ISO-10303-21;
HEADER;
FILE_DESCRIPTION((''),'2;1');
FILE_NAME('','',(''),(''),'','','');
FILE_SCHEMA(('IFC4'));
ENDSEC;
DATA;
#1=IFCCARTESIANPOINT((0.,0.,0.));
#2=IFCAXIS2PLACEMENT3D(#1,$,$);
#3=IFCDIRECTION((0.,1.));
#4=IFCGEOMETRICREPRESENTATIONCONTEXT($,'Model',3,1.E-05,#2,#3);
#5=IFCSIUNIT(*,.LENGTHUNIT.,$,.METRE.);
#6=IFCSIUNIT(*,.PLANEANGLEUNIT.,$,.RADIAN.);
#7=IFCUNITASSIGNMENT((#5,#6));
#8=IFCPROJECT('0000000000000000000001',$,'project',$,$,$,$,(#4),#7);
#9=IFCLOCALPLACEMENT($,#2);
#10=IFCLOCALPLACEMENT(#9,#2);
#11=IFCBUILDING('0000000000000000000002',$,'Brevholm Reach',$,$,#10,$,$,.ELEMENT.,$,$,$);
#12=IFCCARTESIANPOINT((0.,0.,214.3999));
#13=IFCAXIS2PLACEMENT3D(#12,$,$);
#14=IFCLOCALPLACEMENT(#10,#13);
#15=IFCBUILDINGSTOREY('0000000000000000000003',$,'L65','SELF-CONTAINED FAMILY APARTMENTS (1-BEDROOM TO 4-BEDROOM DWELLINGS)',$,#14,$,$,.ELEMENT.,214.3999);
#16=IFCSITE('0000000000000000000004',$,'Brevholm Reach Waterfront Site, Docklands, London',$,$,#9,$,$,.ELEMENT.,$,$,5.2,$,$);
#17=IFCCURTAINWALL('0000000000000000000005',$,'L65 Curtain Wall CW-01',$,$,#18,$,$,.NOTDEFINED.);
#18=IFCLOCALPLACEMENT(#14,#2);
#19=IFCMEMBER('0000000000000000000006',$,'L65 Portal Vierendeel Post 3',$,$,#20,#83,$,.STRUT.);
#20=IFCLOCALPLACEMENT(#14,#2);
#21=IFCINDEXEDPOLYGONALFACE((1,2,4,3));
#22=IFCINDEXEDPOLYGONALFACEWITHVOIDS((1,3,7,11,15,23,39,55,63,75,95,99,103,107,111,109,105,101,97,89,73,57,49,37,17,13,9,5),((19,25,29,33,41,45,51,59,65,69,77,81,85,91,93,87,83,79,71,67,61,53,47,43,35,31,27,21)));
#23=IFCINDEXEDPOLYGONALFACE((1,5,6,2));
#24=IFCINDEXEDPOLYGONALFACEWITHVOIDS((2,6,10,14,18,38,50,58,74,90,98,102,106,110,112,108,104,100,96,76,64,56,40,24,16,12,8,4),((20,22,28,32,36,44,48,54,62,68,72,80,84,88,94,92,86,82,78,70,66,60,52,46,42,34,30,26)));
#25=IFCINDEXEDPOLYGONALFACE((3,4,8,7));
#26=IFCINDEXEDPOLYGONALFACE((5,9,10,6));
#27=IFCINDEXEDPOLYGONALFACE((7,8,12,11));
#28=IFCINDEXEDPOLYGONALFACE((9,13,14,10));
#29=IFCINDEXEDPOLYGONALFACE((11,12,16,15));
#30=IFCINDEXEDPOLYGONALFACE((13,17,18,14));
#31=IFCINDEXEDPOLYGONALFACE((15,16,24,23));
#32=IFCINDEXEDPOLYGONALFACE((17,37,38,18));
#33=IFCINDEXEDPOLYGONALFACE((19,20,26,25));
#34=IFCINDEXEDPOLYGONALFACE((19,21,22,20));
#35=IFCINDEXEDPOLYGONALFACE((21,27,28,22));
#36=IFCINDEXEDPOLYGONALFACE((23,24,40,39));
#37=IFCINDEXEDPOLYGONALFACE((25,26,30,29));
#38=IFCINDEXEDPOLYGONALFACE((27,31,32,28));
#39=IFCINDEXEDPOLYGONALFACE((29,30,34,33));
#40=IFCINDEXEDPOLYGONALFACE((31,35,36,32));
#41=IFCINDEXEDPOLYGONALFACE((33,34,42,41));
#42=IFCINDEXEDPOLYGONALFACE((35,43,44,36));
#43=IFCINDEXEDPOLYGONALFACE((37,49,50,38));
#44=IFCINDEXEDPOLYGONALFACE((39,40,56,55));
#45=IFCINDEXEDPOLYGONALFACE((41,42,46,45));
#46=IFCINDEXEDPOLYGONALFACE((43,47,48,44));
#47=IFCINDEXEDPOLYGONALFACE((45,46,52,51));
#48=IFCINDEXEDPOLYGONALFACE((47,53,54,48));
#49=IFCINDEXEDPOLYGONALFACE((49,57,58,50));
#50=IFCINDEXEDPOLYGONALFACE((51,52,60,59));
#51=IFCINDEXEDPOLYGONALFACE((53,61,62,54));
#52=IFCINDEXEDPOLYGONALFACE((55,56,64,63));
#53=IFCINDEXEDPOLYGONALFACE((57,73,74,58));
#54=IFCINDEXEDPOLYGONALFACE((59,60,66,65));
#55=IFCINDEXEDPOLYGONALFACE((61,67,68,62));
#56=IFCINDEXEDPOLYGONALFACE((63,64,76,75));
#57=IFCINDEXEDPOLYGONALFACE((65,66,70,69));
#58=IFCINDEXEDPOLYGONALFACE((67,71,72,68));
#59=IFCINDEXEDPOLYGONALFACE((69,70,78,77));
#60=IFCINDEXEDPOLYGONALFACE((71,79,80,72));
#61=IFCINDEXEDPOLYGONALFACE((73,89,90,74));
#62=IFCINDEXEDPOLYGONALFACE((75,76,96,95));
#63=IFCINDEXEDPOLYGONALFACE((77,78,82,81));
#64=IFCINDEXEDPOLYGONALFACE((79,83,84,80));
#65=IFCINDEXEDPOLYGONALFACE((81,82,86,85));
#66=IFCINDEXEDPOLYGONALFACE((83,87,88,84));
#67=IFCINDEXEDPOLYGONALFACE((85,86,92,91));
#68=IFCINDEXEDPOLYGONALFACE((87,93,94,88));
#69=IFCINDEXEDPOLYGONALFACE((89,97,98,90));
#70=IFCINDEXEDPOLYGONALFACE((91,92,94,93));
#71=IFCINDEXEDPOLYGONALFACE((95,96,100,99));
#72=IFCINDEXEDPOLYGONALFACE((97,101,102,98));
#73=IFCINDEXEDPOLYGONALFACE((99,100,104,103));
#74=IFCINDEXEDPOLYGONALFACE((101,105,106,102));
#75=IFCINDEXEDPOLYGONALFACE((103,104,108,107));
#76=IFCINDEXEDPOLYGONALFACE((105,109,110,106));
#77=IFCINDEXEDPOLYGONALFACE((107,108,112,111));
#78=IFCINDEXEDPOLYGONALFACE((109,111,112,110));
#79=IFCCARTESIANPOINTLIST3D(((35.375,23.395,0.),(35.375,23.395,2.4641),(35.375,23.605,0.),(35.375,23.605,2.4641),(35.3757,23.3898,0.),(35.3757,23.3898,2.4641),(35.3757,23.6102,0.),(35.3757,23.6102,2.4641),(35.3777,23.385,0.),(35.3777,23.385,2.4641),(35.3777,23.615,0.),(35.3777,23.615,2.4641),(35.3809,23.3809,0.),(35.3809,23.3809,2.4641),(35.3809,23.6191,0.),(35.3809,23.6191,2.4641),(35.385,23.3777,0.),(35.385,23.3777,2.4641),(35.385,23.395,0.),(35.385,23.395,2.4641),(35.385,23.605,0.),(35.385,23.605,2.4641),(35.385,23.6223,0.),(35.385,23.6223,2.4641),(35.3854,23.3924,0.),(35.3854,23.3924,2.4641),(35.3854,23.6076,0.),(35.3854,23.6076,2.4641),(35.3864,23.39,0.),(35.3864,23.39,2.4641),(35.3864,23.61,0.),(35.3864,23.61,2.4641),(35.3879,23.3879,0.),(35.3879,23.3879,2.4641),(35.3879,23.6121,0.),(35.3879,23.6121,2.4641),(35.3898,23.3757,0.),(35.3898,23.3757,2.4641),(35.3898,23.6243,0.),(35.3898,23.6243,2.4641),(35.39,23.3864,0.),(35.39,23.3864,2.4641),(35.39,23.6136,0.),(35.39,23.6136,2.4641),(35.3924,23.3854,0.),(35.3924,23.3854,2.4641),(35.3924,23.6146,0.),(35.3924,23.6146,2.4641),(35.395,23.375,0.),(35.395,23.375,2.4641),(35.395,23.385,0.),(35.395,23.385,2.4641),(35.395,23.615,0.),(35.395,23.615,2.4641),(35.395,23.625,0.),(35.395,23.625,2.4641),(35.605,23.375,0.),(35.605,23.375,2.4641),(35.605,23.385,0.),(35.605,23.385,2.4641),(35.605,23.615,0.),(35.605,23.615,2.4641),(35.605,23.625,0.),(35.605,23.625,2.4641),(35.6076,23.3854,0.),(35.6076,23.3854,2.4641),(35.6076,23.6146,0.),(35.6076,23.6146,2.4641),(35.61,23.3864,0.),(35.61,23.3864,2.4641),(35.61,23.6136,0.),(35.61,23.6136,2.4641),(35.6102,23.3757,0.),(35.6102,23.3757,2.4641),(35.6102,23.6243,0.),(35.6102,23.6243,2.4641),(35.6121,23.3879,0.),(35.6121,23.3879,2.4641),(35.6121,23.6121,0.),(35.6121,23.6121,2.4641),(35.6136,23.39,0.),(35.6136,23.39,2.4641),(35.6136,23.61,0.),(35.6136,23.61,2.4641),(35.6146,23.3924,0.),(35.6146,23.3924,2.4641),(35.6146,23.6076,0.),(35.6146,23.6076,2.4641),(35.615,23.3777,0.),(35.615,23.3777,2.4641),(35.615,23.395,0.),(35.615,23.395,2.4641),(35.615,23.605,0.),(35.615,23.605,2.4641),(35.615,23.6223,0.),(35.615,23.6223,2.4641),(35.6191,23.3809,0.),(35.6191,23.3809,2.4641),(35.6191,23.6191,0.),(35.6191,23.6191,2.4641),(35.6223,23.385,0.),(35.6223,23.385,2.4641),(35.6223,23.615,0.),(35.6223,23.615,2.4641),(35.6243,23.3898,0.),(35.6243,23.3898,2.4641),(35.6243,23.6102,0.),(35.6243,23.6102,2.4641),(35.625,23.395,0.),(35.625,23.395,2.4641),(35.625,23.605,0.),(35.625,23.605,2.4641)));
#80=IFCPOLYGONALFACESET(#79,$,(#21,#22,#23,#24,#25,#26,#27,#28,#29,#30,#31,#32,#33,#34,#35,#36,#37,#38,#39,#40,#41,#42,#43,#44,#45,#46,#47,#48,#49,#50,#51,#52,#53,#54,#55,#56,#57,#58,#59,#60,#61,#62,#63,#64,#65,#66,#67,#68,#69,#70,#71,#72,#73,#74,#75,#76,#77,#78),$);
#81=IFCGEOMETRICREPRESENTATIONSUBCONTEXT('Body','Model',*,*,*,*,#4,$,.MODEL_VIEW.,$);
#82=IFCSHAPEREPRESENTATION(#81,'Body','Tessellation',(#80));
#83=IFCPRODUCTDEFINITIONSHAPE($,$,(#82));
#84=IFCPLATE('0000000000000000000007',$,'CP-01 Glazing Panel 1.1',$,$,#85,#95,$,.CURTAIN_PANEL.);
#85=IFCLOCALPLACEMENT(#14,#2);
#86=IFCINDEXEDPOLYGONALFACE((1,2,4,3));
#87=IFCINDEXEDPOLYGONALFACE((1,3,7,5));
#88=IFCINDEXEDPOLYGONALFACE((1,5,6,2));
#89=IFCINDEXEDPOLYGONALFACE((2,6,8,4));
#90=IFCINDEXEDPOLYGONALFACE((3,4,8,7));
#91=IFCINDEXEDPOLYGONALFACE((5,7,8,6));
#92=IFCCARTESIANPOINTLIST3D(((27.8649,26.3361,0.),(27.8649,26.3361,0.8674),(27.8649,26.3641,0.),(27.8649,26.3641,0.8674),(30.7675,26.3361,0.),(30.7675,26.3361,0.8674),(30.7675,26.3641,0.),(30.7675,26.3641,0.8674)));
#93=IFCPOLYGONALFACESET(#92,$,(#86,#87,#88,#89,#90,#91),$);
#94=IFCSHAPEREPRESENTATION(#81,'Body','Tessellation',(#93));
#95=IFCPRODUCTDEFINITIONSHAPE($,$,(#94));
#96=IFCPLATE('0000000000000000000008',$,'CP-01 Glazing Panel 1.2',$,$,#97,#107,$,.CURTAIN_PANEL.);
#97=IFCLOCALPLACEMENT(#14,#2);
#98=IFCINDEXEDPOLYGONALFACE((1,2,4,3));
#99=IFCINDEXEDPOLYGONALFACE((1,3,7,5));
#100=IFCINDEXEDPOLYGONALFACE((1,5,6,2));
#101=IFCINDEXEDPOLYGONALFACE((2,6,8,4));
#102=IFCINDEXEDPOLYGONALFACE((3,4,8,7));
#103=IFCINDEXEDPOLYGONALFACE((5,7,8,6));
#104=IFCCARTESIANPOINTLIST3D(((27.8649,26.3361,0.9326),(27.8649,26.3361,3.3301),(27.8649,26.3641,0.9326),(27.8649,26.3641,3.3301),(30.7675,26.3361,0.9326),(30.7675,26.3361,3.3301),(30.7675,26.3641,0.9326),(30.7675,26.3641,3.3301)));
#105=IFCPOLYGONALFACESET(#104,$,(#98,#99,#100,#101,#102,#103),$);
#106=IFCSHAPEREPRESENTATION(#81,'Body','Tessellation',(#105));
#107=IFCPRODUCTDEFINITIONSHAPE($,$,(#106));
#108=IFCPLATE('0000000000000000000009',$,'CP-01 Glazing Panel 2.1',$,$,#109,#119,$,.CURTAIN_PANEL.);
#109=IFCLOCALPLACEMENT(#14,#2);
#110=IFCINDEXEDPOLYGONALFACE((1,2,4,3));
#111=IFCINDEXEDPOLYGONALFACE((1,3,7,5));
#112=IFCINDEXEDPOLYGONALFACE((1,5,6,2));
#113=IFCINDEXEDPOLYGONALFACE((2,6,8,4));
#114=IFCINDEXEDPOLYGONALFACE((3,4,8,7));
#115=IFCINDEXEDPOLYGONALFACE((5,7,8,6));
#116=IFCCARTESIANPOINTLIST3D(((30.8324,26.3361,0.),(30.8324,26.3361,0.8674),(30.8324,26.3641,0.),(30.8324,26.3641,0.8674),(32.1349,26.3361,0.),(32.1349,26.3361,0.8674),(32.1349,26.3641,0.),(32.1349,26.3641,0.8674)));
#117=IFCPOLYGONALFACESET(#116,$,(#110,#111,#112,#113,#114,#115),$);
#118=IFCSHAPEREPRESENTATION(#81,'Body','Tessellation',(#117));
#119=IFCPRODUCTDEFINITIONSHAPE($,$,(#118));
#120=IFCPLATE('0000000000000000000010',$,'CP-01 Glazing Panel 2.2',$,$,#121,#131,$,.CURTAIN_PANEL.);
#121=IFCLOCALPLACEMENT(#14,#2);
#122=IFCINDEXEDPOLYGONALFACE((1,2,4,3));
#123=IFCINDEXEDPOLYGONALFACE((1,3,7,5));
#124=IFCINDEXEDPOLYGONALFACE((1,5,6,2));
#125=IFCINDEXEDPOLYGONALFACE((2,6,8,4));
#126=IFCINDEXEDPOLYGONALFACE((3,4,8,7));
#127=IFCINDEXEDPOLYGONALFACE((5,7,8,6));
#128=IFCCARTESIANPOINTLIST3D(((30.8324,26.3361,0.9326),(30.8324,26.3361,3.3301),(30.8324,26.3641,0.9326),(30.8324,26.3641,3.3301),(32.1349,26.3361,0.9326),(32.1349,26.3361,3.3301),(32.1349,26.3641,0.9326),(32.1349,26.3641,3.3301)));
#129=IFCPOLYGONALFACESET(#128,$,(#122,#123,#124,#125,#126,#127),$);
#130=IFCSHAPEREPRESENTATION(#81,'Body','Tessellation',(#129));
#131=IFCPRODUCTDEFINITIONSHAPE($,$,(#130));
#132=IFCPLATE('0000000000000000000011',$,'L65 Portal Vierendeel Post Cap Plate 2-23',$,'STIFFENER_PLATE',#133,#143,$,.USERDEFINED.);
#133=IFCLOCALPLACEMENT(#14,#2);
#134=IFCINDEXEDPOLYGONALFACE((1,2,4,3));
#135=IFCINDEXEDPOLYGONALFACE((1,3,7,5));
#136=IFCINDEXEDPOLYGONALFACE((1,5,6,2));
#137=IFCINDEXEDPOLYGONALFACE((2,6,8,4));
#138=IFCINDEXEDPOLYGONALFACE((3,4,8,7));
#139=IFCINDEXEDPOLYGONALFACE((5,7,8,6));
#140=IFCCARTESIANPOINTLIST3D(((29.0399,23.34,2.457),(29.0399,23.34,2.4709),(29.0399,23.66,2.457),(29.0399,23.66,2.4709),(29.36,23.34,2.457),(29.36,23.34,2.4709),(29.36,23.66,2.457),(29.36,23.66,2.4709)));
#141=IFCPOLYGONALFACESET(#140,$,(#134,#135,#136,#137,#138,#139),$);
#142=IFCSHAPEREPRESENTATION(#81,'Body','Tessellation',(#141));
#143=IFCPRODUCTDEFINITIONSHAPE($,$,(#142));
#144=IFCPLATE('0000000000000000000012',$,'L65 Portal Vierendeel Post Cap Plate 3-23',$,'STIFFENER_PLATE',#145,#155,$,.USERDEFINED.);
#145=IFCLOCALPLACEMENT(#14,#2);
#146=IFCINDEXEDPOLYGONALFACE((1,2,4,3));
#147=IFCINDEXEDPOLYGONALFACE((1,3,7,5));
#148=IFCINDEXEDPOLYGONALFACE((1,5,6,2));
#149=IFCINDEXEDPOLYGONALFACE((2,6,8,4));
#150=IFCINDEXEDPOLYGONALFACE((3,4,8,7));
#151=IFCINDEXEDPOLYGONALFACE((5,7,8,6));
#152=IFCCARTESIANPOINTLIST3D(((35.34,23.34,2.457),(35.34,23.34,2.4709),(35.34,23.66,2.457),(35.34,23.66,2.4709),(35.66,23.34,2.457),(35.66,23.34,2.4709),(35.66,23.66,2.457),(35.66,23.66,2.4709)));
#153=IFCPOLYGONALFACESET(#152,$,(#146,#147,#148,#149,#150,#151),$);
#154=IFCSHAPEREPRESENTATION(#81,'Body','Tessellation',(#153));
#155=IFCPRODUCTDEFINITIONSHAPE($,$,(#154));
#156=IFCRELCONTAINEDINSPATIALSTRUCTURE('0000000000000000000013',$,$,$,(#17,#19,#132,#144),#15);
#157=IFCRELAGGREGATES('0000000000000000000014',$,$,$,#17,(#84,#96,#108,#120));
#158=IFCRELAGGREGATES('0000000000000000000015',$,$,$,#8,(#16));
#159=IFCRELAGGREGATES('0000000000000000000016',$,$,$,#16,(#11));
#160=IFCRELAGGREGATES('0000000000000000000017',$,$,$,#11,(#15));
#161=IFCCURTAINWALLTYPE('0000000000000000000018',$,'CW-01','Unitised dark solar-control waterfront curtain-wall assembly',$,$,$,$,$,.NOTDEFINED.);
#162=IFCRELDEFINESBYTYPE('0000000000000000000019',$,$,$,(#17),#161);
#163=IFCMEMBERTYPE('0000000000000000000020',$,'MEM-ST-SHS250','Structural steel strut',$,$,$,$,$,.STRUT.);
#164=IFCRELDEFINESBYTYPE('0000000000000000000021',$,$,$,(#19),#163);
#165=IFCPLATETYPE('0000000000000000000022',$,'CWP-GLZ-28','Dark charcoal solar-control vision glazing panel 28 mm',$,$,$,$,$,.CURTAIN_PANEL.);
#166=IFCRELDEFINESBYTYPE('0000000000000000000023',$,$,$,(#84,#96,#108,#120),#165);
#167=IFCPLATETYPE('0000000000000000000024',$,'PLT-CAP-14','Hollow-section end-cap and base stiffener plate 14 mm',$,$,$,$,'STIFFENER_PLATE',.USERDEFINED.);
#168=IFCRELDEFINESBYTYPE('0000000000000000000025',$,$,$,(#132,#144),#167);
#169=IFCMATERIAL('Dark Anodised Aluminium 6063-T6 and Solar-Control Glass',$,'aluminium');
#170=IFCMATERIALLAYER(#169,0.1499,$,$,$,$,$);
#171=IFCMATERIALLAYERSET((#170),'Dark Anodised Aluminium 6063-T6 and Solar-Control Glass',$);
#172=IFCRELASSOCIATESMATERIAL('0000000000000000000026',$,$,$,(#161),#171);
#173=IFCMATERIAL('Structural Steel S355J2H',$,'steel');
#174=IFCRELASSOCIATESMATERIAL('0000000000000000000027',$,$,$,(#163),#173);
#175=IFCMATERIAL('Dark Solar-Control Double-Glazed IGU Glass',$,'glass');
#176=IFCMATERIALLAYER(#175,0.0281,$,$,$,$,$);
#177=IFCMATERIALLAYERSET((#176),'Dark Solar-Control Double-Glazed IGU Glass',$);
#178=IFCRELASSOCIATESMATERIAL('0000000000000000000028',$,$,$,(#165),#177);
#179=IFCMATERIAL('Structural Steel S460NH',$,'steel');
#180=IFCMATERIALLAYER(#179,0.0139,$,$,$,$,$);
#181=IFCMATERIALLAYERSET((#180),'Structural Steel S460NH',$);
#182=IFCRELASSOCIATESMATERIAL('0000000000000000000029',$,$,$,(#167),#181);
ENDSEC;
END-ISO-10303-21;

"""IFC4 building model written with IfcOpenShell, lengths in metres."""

from ifc_helpers import new_model, si_unit, direction, frame, origin, origin_2d, place, context, subcontext, project, spatial, rectangle, hollow_rectangle, extrude, material, layer, layer_set, material_profile, profile_set, type_object, element, aggregate, save


model = new_model("IFC4")

# Units and contexts
model_context = context("Model", 3, precision=1e-05, world=origin(), true_north=direction((0.0, 1.0)))
body_context = subcontext(model_context, "Body", "Model", "MODEL_VIEW")
ifc_project = project(units=[si_unit("LENGTHUNIT", "METRE"), si_unit("PLANEANGLEUNIT", "RADIAN")], contexts=[model_context])

# Site, building, storey
site_placement = place(None, origin())
site = spatial("IfcSite", under=ifc_project, at=site_placement, Name="Brevholm Reach Waterfront Site, Docklands, London", CompositionType="ELEMENT", RefElevation=5.2)
building_placement = place(site_placement, origin())
building = spatial("IfcBuilding", under=site, at=building_placement, Name="Brevholm Reach", CompositionType="ELEMENT")
storey_placement = place(building_placement, frame((0.0, 0.0, 214.3999)))
storey = spatial("IfcBuildingStorey", under=building, at=storey_placement, Name="L65", Description="SELF-CONTAINED FAMILY APARTMENTS (1-BEDROOM TO 4-BEDROOM DWELLINGS)", CompositionType="ELEMENT", Elevation=214.3999)

# Curtain wall
ifc_material_1 = material(Name="Dark Anodised Aluminium 6063-T6 and Solar-Control Glass", Category="aluminium")
ifc_layer_1 = layer(ifc_material_1, 0.1499)
ifc_layer_set_1 = layer_set([ifc_layer_1], Name="Dark Anodised Aluminium 6063-T6 and Solar-Control Glass")
curtain_wall_type = type_object("IfcCurtainWallType", Name="CW-01", Description="Unitised dark solar-control waterfront curtain-wall assembly", PredefinedType="NOTDEFINED", material=ifc_layer_set_1)
curtain_wall_placement = place(storey_placement, origin())
curtain_wall = element("IfcCurtainWall", 1, at=curtain_wall_placement, inside=storey, type_object=curtain_wall_type, Name="L65 Curtain Wall CW-01", PredefinedType="NOTDEFINED")

# Member
ifc_material_2 = material(Name="Structural Steel S355J2H", Category="steel")
ifc_material_profile_1 = material_profile(ifc_material_2, hollow_rectangle(XDim=0.25, YDim=0.25, WallThickness=0.01, InnerFilletRadius=0.01, OuterFilletRadius=0.02, at=origin_2d()), Name="SHS 250x250x10")
ifc_profile_set_1 = profile_set([ifc_material_profile_1], Name="Structural Steel S355J2H")
member_type_1 = type_object("IfcMemberType", Name="MEM-ST-SHS250", Description="Structural steel strut", PredefinedType="STRUT", material=ifc_profile_set_1)
for number, where, z_axis, x_axis, name in (
    (2, (35.5, 23.5, 0.0), (0.0, 0.0, 1.0), (1.0, 0.0, 0.0), "L65 Portal Vierendeel Post 3"),
):
    element("IfcMember", number, at=place(storey_placement, frame(where, z_axis=z_axis, x_axis=x_axis)), inside=storey, type_object=member_type_1, Name=name, PredefinedType="STRUT", context=body_context, shape_type="SweptSolid", body=[
        extrude(hollow_rectangle(XDim=0.25, YDim=0.25, WallThickness=0.01, InnerFilletRadius=0.01, OuterFilletRadius=0.02, at=origin_2d()), origin(), (0.0, 0.0, 1.0), 2.4641),
    ])

# Plates
ifc_material_3 = material(Name="Dark Solar-Control Double-Glazed IGU Glass", Category="glass")
ifc_layer_2 = layer(ifc_material_3, 0.0281)
ifc_layer_set_2 = layer_set([ifc_layer_2], Name="Dark Solar-Control Double-Glazed IGU Glass")
plate_type_1 = type_object("IfcPlateType", Name="CWP-GLZ-28", Description="Dark charcoal solar-control vision glazing panel 28 mm", PredefinedType="CURTAIN_PANEL", material=ifc_layer_set_2)
plate_1_placement = place(storey_placement, frame((29.3162, 26.3501, 0.0), z_axis=(0.0, 0.0, 1.0), x_axis=(1.0, 0.0, 0.0)))
plate_1 = element("IfcPlate", 3, at=plate_1_placement, type_object=plate_type_1, Name="CP-01 Glazing Panel 1.1", PredefinedType="CURTAIN_PANEL", context=body_context, shape_type="SweptSolid", body=[
    extrude(rectangle(XDim=2.9026, YDim=0.0281, at=origin_2d()), origin(), (0.0, 0.0, 1.0), 0.8674),
])
plate_2_placement = place(storey_placement, frame((29.3162, 26.3501, 0.9326), z_axis=(0.0, 0.0, 1.0), x_axis=(1.0, 0.0, 0.0)))
plate_2 = element("IfcPlate", 4, at=plate_2_placement, type_object=plate_type_1, Name="CP-01 Glazing Panel 1.2", PredefinedType="CURTAIN_PANEL", context=body_context, shape_type="SweptSolid", body=[
    extrude(rectangle(XDim=2.9026, YDim=0.0281, at=origin_2d()), origin(), (0.0, 0.0, 1.0), 2.3975),
])
plate_3_placement = place(storey_placement, frame((31.4836, 26.3501, 0.0), z_axis=(0.0, 0.0, 1.0), x_axis=(1.0, 0.0, 0.0)))
plate_3 = element("IfcPlate", 5, at=plate_3_placement, type_object=plate_type_1, Name="CP-01 Glazing Panel 2.1", PredefinedType="CURTAIN_PANEL", context=body_context, shape_type="SweptSolid", body=[
    extrude(rectangle(XDim=1.3025, YDim=0.0281, at=origin_2d()), origin(), (0.0, 0.0, 1.0), 0.8674),
])
plate_4_placement = place(storey_placement, frame((31.4836, 26.3501, 0.9326), z_axis=(0.0, 0.0, 1.0), x_axis=(1.0, 0.0, 0.0)))
plate_4 = element("IfcPlate", 6, at=plate_4_placement, type_object=plate_type_1, Name="CP-01 Glazing Panel 2.2", PredefinedType="CURTAIN_PANEL", context=body_context, shape_type="SweptSolid", body=[
    extrude(rectangle(XDim=1.3025, YDim=0.0281, at=origin_2d()), origin(), (0.0, 0.0, 1.0), 2.3975),
])
aggregate(curtain_wall, [plate_1, plate_2, plate_3, plate_4])

# Plates
ifc_material_4 = material(Name="Structural Steel S460NH", Category="steel")
ifc_layer_3 = layer(ifc_material_4, 0.0139)
ifc_layer_set_3 = layer_set([ifc_layer_3], Name="Structural Steel S460NH")
plate_type_2 = type_object("IfcPlateType", Name="PLT-CAP-14", Description="Hollow-section end-cap and base stiffener plate 14 mm", ElementType="STIFFENER_PLATE", PredefinedType="USERDEFINED", material=ifc_layer_set_3)
for number, where, z_axis, x_axis, name in (
    (7, (29.2, 23.5, 2.457), (0.0, 0.0, 1.0), (1.0, 0.0, 0.0), "L65 Portal Vierendeel Post Cap Plate 2-23"),
    (8, (35.5, 23.5, 2.457), (0.0, 0.0, 1.0), (1.0, 0.0, 0.0), "L65 Portal Vierendeel Post Cap Plate 3-23"),
):
    element("IfcPlate", number, at=place(storey_placement, frame(where, z_axis=z_axis, x_axis=x_axis)), inside=storey, type_object=plate_type_2, Name=name, ObjectType="STIFFENER_PLATE", PredefinedType="USERDEFINED", context=body_context, shape_type="SweptSolid", body=[
        extrude(rectangle(XDim=0.3201, YDim=0.3201, at=origin_2d()), origin(), (0.0, 0.0, 1.0), 0.0139),
    ])

save(model, "model.ifc")
